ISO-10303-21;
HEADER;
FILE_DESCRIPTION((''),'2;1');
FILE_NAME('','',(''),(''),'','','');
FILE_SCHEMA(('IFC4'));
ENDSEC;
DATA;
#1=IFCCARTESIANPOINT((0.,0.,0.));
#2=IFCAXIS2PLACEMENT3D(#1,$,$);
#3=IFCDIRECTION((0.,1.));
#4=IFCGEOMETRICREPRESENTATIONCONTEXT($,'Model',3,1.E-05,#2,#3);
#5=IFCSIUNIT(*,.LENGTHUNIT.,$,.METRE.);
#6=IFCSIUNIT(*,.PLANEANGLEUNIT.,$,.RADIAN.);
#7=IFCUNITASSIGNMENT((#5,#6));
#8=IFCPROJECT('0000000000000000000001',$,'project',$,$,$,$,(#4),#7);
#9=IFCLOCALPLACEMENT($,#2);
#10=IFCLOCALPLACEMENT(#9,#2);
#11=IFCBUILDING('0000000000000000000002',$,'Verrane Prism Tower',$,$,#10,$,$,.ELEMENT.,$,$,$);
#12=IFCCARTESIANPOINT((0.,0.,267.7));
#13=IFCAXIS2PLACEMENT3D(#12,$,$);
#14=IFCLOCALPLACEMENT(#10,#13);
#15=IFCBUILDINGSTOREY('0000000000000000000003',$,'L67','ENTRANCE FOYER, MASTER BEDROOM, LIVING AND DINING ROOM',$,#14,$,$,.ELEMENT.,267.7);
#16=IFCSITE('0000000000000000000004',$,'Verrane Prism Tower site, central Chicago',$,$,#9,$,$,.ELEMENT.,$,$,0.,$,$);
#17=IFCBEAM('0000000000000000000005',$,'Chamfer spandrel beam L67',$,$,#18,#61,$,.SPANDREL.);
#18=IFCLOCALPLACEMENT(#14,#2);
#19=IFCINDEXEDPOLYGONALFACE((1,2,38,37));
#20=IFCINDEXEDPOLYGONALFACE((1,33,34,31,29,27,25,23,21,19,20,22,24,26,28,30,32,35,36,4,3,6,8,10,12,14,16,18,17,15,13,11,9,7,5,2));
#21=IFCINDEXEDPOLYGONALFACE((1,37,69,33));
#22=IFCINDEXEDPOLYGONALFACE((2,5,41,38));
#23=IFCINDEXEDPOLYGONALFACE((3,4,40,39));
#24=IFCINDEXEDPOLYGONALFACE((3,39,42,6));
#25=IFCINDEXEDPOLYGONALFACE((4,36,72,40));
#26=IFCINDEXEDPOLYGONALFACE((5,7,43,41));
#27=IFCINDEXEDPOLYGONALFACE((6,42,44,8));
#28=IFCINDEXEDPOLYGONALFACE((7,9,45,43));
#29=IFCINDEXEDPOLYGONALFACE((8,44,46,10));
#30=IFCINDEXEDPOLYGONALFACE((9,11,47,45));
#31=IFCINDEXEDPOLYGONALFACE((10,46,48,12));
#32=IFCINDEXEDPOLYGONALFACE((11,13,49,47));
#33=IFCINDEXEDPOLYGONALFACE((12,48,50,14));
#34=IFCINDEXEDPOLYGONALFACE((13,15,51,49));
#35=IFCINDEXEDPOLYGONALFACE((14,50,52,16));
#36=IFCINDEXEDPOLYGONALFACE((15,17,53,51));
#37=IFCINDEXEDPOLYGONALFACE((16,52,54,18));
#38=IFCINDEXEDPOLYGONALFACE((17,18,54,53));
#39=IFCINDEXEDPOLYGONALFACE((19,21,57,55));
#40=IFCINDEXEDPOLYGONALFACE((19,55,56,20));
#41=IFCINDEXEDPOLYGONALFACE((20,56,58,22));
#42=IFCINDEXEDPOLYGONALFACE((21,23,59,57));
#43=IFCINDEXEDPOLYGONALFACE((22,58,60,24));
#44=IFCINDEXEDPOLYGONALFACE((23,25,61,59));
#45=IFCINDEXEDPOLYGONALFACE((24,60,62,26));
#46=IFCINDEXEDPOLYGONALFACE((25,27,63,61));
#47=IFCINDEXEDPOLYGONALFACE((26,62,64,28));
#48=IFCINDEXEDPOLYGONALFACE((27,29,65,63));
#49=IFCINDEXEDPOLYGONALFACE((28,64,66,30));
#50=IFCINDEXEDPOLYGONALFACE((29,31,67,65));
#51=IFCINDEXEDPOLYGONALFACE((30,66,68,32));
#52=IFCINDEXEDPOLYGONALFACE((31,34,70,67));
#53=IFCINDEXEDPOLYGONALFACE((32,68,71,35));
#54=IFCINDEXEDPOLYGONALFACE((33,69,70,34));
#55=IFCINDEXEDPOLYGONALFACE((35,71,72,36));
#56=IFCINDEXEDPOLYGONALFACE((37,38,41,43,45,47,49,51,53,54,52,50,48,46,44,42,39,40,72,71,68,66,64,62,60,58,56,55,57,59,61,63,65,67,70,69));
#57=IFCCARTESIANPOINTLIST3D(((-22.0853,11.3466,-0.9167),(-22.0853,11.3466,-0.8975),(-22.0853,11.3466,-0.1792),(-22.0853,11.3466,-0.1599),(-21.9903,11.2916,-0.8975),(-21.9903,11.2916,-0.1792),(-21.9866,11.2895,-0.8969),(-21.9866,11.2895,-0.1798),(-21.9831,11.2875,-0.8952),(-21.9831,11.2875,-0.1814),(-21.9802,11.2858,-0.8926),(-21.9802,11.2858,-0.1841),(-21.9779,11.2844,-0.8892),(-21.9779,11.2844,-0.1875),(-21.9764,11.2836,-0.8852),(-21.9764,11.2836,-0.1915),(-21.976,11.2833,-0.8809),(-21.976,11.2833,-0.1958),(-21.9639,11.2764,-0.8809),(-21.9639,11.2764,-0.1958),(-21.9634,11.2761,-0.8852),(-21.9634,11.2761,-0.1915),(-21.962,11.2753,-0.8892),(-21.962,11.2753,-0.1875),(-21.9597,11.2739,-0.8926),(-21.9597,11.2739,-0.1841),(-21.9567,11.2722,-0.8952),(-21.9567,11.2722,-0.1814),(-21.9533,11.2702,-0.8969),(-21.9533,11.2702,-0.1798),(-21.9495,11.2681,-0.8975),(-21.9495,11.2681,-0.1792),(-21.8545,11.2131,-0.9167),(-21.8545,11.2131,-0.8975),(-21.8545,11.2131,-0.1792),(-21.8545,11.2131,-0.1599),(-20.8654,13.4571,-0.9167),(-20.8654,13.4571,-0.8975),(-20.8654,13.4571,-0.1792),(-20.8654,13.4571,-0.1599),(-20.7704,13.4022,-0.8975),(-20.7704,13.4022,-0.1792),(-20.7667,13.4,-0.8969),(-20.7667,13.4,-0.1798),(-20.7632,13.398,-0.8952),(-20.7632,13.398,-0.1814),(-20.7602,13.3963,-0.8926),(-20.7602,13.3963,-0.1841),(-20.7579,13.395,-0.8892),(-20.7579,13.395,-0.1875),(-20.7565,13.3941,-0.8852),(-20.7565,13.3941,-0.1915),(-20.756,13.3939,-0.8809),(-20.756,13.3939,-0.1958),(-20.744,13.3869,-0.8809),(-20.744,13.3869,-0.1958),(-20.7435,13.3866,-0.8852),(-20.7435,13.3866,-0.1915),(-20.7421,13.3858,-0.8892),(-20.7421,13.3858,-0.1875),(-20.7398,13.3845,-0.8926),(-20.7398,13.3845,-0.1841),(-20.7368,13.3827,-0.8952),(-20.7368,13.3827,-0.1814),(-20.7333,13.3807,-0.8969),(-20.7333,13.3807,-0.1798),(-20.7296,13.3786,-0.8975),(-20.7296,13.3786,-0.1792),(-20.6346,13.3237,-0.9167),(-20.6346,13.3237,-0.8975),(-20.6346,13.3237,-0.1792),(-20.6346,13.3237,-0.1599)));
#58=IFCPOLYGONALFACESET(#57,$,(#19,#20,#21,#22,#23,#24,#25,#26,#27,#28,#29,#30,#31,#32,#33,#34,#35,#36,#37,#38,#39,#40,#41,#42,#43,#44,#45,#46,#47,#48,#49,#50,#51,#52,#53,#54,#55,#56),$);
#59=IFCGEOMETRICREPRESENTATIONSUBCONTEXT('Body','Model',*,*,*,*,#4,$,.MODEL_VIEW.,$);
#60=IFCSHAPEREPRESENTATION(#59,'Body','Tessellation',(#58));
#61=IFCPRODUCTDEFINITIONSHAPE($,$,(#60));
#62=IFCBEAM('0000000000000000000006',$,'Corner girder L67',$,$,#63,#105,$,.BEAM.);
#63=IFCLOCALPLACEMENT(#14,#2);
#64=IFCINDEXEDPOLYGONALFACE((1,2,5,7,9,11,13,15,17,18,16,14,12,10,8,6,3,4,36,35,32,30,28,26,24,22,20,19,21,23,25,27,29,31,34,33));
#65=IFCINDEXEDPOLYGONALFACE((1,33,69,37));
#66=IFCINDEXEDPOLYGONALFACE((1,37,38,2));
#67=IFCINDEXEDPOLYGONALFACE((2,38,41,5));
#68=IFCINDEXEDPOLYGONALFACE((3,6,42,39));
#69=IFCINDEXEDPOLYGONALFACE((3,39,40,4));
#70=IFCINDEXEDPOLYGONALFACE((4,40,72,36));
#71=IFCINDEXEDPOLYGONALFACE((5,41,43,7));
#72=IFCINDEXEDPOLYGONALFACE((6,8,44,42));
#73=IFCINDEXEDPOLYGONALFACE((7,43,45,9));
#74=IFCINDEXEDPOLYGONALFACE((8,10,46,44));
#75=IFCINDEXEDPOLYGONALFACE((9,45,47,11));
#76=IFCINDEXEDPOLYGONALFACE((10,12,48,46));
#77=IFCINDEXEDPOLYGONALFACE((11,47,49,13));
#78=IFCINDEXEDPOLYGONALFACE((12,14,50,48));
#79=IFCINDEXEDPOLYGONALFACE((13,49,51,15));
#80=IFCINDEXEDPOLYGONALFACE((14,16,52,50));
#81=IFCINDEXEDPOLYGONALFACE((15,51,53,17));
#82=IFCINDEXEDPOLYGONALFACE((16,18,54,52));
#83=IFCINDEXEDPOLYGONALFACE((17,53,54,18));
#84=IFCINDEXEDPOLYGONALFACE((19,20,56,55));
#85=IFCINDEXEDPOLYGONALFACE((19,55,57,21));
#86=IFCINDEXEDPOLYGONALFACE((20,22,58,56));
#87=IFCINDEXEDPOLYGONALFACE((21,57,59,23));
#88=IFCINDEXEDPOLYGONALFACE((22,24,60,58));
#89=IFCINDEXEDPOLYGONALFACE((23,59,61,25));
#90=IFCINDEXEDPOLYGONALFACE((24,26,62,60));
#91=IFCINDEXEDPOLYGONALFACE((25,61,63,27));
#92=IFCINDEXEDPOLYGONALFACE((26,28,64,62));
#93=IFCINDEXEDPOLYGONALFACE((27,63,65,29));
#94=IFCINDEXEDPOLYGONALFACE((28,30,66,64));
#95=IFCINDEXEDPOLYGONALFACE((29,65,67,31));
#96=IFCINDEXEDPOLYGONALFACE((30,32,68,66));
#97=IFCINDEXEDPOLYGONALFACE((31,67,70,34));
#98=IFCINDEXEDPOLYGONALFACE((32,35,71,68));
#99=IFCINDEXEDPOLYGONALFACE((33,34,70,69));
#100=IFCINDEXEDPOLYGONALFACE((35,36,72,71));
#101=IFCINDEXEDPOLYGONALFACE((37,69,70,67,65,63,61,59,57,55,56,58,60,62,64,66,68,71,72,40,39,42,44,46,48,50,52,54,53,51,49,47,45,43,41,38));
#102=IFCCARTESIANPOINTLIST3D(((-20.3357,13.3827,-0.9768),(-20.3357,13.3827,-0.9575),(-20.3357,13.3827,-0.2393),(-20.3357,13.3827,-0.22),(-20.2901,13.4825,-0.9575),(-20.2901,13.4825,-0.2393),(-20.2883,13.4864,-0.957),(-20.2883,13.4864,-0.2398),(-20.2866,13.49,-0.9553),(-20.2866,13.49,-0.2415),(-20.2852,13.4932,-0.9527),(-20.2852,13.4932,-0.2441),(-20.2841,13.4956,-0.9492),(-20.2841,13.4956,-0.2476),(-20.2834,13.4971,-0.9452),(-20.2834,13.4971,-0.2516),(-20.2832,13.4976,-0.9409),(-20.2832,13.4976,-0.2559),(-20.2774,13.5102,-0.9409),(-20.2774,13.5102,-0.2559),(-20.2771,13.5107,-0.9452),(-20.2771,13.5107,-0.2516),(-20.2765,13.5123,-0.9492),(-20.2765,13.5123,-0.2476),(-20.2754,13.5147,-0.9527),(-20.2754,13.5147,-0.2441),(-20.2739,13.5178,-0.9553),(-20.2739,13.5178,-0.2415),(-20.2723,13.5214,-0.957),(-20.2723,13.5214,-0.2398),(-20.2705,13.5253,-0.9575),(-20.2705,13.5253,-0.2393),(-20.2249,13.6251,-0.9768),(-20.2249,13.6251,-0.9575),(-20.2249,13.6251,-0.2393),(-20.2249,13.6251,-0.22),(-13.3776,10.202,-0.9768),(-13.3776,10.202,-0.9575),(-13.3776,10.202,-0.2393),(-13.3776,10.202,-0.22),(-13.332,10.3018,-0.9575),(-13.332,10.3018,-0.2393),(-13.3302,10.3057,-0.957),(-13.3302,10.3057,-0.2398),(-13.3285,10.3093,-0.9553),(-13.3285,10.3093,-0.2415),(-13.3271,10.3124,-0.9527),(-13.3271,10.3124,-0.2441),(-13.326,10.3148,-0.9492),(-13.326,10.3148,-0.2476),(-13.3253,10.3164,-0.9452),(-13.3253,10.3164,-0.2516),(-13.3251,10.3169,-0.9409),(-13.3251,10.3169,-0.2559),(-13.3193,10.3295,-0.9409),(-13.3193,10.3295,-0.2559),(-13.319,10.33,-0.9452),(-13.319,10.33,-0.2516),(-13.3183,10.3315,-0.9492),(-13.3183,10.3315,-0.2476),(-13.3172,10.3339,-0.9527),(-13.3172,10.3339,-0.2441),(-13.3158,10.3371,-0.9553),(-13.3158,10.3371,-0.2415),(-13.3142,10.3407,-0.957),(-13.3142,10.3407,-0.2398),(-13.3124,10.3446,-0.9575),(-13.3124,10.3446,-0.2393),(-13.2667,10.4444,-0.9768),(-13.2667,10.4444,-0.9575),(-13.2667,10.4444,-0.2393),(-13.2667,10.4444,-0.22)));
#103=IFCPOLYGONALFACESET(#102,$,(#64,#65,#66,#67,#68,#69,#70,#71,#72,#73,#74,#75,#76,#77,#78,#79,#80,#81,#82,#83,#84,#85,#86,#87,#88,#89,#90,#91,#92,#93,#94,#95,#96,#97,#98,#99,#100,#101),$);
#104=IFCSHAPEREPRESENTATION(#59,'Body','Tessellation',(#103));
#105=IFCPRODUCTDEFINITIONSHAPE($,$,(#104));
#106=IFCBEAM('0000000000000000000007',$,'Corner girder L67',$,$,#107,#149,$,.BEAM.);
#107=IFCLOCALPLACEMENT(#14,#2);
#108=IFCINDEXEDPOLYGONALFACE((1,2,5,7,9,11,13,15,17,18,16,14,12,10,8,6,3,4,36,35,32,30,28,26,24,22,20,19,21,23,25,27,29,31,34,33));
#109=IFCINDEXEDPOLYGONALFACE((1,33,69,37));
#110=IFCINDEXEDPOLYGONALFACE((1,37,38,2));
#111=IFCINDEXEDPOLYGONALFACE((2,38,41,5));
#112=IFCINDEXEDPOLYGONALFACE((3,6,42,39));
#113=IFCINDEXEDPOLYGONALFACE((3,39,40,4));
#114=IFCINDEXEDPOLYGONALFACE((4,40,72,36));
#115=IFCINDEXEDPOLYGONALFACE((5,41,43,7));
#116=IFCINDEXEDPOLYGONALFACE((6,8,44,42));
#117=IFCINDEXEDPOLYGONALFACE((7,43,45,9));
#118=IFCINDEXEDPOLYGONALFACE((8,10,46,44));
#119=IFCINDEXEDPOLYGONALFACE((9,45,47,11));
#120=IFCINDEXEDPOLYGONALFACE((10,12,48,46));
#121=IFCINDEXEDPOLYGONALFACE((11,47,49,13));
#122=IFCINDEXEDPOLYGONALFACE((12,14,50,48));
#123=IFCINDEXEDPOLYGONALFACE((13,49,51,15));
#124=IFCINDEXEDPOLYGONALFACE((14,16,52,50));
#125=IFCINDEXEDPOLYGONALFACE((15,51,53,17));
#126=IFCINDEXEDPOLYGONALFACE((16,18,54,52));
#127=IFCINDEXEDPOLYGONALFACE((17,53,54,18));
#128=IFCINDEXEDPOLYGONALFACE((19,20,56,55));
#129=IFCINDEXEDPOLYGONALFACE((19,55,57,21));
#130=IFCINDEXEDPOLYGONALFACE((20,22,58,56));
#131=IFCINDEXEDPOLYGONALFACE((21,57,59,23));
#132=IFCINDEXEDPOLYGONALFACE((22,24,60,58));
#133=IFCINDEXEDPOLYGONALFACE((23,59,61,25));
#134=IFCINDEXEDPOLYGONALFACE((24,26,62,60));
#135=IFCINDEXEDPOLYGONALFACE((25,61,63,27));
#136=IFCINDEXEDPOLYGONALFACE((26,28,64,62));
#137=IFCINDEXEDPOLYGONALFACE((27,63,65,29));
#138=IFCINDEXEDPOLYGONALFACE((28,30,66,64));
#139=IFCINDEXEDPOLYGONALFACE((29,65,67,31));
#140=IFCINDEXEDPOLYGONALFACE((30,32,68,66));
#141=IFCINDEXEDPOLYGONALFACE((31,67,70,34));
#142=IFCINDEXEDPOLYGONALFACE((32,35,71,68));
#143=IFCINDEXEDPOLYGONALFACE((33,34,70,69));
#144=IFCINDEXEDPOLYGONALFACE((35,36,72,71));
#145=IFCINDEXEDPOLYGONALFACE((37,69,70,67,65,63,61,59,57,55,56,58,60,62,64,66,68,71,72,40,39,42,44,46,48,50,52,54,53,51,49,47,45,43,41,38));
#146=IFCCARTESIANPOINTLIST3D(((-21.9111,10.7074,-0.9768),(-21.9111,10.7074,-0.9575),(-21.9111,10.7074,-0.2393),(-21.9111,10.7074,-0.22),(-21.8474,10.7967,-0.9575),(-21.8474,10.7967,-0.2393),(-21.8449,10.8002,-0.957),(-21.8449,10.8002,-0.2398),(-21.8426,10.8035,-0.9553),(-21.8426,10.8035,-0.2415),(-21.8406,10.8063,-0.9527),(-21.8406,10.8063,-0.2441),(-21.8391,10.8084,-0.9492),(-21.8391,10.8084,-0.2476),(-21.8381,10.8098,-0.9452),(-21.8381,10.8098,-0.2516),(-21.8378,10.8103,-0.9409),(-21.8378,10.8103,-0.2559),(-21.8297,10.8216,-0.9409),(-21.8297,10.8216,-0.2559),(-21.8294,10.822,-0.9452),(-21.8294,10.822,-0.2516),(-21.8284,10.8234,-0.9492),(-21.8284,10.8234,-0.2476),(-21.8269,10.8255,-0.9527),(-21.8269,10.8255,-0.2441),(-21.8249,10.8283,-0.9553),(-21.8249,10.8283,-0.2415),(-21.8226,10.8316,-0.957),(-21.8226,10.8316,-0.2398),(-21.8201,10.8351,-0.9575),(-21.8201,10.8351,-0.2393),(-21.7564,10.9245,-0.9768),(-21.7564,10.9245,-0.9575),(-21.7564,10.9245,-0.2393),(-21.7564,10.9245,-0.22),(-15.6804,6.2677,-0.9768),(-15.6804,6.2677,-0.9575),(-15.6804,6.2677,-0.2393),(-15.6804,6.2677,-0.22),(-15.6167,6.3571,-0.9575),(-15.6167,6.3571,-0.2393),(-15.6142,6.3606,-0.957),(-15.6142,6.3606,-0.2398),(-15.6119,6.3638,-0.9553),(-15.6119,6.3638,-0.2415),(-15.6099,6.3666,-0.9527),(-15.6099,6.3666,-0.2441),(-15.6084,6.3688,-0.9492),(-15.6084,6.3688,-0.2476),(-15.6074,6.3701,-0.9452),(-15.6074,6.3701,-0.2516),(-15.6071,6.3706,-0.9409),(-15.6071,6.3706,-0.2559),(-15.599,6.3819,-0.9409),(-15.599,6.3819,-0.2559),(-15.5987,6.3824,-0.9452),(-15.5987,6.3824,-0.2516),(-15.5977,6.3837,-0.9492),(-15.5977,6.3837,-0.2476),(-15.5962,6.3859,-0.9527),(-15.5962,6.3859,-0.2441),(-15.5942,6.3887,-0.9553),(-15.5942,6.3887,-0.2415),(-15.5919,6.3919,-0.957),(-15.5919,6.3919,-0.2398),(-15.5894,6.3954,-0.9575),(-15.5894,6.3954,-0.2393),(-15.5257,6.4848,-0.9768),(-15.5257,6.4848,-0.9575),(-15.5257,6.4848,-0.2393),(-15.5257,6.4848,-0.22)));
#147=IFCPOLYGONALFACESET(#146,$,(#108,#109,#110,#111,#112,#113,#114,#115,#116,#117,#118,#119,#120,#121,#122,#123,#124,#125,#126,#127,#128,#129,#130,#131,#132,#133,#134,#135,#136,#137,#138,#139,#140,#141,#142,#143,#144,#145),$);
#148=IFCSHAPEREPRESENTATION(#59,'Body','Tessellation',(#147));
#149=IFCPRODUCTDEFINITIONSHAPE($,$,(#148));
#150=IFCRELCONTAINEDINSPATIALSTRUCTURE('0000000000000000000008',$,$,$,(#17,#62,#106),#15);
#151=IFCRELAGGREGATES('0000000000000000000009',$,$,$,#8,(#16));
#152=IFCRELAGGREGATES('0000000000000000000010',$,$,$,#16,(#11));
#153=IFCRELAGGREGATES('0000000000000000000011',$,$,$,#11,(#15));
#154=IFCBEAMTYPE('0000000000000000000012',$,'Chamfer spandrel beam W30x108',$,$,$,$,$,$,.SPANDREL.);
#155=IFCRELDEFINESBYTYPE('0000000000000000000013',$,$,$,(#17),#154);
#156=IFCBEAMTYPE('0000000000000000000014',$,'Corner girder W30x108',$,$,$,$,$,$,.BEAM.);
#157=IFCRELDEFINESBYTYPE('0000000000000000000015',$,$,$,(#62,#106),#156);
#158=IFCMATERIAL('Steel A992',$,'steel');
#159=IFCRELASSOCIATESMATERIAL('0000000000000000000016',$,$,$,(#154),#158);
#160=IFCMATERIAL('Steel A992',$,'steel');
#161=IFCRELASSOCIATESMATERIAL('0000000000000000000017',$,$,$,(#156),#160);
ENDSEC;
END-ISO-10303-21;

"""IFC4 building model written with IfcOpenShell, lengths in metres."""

from ifc_helpers import new_model, si_unit, direction, frame, origin, origin_2d, place, context, subcontext, project, spatial, i_section, extrude, material, material_profile, profile_set, type_object, element, save


model = new_model("IFC4")

# Units and contexts
model_context = context("Model", 3, precision=1e-05, world=origin(), true_north=direction((0.0, 1.0)))
body_context = subcontext(model_context, "Body", "Model", "MODEL_VIEW")
ifc_project = project(units=[si_unit("LENGTHUNIT", "METRE"), si_unit("PLANEANGLEUNIT", "RADIAN")], contexts=[model_context])

# Site, building, storey
site_placement = place(None, origin())
site = spatial("IfcSite", under=ifc_project, at=site_placement, Name="Verrane Prism Tower site, central Chicago", CompositionType="ELEMENT", RefElevation=0.0)
building_placement = place(site_placement, origin())
building = spatial("IfcBuilding", under=site, at=building_placement, Name="Verrane Prism Tower", CompositionType="ELEMENT")
storey_placement = place(building_placement, frame((0.0, 0.0, 267.7)))
storey = spatial("IfcBuildingStorey", under=building, at=storey_placement, Name="L67", Description="ENTRANCE FOYER, MASTER BEDROOM, LIVING AND DINING ROOM", CompositionType="ELEMENT", Elevation=267.7)

# Beams
ifc_material_1 = material(Name="Steel A992", Category="steel")
ifc_material_profile_1 = material_profile(ifc_material_1, i_section(OverallWidth=0.2666, OverallDepth=0.7568, WebThickness=0.0139, FlangeThickness=0.0193, FilletRadius=0.0166, at=origin_2d()), Name="W30x108")
ifc_profile_set_1 = profile_set([ifc_material_profile_1], Name="Steel A992")
beam_type_1 = type_object("IfcBeamType", Name="Chamfer spandrel beam W30x108", PredefinedType="SPANDREL", material=ifc_profile_set_1)
beam_1_placement = place(storey_placement, frame((-20.75, 13.3904, -0.5383), z_axis=(-0.500436, -0.865773, 0.0), x_axis=(0.865773, -0.500436, 0.0)))
element("IfcBeam", 1, at=beam_1_placement, inside=storey, type_object=beam_type_1, Name="Chamfer spandrel beam L67", PredefinedType="SPANDREL", context=body_context, shape_type="SweptSolid", body=[
    extrude(i_section(OverallWidth=0.2666, OverallDepth=0.7568, WebThickness=0.0139, FlangeThickness=0.0193, FilletRadius=0.0166, at=origin_2d()), origin(), (0.0, 0.0, 1.0), 2.4377),
])
ifc_material_2 = material(Name="Steel A992", Category="steel")
ifc_material_profile_2 = material_profile(ifc_material_2, i_section(OverallWidth=0.2666, OverallDepth=0.7568, WebThickness=0.0139, FlangeThickness=0.0193, FilletRadius=0.0166, at=origin_2d()), Name="W30x108")
ifc_profile_set_2 = profile_set([ifc_material_profile_2], Name="Steel A992")
beam_type_2 = type_object("IfcBeamType", Name="Corner girder W30x108", PredefinedType="BEAM", material=ifc_profile_set_2)
for number, where, z_axis, x_axis, name in (
    (2, (-20.2803, 13.5039, -0.5984), (0.909481, -0.415745, 0.0), (0.415745, 0.909481, 0.0), "Corner girder L67"),
    (3, (-21.8337, 10.8159, -0.5984), (0.814401, -0.580302, 0.0), (0.580302, 0.814401, 0.0), "Corner girder L67"),
):
    element("IfcBeam", number, at=place(storey_placement, frame(where, z_axis=z_axis, x_axis=x_axis)), inside=storey, type_object=beam_type_2, Name=name, PredefinedType="BEAM", context=body_context, shape_type="SweptSolid", body=[
        extrude(i_section(OverallWidth=0.2666, OverallDepth=0.7568, WebThickness=0.0139, FlangeThickness=0.0193, FilletRadius=0.0166, at=origin_2d()), origin(), (0.0, 0.0, 1.0), 7.6506),
    ])

save(model, "model.ifc")
